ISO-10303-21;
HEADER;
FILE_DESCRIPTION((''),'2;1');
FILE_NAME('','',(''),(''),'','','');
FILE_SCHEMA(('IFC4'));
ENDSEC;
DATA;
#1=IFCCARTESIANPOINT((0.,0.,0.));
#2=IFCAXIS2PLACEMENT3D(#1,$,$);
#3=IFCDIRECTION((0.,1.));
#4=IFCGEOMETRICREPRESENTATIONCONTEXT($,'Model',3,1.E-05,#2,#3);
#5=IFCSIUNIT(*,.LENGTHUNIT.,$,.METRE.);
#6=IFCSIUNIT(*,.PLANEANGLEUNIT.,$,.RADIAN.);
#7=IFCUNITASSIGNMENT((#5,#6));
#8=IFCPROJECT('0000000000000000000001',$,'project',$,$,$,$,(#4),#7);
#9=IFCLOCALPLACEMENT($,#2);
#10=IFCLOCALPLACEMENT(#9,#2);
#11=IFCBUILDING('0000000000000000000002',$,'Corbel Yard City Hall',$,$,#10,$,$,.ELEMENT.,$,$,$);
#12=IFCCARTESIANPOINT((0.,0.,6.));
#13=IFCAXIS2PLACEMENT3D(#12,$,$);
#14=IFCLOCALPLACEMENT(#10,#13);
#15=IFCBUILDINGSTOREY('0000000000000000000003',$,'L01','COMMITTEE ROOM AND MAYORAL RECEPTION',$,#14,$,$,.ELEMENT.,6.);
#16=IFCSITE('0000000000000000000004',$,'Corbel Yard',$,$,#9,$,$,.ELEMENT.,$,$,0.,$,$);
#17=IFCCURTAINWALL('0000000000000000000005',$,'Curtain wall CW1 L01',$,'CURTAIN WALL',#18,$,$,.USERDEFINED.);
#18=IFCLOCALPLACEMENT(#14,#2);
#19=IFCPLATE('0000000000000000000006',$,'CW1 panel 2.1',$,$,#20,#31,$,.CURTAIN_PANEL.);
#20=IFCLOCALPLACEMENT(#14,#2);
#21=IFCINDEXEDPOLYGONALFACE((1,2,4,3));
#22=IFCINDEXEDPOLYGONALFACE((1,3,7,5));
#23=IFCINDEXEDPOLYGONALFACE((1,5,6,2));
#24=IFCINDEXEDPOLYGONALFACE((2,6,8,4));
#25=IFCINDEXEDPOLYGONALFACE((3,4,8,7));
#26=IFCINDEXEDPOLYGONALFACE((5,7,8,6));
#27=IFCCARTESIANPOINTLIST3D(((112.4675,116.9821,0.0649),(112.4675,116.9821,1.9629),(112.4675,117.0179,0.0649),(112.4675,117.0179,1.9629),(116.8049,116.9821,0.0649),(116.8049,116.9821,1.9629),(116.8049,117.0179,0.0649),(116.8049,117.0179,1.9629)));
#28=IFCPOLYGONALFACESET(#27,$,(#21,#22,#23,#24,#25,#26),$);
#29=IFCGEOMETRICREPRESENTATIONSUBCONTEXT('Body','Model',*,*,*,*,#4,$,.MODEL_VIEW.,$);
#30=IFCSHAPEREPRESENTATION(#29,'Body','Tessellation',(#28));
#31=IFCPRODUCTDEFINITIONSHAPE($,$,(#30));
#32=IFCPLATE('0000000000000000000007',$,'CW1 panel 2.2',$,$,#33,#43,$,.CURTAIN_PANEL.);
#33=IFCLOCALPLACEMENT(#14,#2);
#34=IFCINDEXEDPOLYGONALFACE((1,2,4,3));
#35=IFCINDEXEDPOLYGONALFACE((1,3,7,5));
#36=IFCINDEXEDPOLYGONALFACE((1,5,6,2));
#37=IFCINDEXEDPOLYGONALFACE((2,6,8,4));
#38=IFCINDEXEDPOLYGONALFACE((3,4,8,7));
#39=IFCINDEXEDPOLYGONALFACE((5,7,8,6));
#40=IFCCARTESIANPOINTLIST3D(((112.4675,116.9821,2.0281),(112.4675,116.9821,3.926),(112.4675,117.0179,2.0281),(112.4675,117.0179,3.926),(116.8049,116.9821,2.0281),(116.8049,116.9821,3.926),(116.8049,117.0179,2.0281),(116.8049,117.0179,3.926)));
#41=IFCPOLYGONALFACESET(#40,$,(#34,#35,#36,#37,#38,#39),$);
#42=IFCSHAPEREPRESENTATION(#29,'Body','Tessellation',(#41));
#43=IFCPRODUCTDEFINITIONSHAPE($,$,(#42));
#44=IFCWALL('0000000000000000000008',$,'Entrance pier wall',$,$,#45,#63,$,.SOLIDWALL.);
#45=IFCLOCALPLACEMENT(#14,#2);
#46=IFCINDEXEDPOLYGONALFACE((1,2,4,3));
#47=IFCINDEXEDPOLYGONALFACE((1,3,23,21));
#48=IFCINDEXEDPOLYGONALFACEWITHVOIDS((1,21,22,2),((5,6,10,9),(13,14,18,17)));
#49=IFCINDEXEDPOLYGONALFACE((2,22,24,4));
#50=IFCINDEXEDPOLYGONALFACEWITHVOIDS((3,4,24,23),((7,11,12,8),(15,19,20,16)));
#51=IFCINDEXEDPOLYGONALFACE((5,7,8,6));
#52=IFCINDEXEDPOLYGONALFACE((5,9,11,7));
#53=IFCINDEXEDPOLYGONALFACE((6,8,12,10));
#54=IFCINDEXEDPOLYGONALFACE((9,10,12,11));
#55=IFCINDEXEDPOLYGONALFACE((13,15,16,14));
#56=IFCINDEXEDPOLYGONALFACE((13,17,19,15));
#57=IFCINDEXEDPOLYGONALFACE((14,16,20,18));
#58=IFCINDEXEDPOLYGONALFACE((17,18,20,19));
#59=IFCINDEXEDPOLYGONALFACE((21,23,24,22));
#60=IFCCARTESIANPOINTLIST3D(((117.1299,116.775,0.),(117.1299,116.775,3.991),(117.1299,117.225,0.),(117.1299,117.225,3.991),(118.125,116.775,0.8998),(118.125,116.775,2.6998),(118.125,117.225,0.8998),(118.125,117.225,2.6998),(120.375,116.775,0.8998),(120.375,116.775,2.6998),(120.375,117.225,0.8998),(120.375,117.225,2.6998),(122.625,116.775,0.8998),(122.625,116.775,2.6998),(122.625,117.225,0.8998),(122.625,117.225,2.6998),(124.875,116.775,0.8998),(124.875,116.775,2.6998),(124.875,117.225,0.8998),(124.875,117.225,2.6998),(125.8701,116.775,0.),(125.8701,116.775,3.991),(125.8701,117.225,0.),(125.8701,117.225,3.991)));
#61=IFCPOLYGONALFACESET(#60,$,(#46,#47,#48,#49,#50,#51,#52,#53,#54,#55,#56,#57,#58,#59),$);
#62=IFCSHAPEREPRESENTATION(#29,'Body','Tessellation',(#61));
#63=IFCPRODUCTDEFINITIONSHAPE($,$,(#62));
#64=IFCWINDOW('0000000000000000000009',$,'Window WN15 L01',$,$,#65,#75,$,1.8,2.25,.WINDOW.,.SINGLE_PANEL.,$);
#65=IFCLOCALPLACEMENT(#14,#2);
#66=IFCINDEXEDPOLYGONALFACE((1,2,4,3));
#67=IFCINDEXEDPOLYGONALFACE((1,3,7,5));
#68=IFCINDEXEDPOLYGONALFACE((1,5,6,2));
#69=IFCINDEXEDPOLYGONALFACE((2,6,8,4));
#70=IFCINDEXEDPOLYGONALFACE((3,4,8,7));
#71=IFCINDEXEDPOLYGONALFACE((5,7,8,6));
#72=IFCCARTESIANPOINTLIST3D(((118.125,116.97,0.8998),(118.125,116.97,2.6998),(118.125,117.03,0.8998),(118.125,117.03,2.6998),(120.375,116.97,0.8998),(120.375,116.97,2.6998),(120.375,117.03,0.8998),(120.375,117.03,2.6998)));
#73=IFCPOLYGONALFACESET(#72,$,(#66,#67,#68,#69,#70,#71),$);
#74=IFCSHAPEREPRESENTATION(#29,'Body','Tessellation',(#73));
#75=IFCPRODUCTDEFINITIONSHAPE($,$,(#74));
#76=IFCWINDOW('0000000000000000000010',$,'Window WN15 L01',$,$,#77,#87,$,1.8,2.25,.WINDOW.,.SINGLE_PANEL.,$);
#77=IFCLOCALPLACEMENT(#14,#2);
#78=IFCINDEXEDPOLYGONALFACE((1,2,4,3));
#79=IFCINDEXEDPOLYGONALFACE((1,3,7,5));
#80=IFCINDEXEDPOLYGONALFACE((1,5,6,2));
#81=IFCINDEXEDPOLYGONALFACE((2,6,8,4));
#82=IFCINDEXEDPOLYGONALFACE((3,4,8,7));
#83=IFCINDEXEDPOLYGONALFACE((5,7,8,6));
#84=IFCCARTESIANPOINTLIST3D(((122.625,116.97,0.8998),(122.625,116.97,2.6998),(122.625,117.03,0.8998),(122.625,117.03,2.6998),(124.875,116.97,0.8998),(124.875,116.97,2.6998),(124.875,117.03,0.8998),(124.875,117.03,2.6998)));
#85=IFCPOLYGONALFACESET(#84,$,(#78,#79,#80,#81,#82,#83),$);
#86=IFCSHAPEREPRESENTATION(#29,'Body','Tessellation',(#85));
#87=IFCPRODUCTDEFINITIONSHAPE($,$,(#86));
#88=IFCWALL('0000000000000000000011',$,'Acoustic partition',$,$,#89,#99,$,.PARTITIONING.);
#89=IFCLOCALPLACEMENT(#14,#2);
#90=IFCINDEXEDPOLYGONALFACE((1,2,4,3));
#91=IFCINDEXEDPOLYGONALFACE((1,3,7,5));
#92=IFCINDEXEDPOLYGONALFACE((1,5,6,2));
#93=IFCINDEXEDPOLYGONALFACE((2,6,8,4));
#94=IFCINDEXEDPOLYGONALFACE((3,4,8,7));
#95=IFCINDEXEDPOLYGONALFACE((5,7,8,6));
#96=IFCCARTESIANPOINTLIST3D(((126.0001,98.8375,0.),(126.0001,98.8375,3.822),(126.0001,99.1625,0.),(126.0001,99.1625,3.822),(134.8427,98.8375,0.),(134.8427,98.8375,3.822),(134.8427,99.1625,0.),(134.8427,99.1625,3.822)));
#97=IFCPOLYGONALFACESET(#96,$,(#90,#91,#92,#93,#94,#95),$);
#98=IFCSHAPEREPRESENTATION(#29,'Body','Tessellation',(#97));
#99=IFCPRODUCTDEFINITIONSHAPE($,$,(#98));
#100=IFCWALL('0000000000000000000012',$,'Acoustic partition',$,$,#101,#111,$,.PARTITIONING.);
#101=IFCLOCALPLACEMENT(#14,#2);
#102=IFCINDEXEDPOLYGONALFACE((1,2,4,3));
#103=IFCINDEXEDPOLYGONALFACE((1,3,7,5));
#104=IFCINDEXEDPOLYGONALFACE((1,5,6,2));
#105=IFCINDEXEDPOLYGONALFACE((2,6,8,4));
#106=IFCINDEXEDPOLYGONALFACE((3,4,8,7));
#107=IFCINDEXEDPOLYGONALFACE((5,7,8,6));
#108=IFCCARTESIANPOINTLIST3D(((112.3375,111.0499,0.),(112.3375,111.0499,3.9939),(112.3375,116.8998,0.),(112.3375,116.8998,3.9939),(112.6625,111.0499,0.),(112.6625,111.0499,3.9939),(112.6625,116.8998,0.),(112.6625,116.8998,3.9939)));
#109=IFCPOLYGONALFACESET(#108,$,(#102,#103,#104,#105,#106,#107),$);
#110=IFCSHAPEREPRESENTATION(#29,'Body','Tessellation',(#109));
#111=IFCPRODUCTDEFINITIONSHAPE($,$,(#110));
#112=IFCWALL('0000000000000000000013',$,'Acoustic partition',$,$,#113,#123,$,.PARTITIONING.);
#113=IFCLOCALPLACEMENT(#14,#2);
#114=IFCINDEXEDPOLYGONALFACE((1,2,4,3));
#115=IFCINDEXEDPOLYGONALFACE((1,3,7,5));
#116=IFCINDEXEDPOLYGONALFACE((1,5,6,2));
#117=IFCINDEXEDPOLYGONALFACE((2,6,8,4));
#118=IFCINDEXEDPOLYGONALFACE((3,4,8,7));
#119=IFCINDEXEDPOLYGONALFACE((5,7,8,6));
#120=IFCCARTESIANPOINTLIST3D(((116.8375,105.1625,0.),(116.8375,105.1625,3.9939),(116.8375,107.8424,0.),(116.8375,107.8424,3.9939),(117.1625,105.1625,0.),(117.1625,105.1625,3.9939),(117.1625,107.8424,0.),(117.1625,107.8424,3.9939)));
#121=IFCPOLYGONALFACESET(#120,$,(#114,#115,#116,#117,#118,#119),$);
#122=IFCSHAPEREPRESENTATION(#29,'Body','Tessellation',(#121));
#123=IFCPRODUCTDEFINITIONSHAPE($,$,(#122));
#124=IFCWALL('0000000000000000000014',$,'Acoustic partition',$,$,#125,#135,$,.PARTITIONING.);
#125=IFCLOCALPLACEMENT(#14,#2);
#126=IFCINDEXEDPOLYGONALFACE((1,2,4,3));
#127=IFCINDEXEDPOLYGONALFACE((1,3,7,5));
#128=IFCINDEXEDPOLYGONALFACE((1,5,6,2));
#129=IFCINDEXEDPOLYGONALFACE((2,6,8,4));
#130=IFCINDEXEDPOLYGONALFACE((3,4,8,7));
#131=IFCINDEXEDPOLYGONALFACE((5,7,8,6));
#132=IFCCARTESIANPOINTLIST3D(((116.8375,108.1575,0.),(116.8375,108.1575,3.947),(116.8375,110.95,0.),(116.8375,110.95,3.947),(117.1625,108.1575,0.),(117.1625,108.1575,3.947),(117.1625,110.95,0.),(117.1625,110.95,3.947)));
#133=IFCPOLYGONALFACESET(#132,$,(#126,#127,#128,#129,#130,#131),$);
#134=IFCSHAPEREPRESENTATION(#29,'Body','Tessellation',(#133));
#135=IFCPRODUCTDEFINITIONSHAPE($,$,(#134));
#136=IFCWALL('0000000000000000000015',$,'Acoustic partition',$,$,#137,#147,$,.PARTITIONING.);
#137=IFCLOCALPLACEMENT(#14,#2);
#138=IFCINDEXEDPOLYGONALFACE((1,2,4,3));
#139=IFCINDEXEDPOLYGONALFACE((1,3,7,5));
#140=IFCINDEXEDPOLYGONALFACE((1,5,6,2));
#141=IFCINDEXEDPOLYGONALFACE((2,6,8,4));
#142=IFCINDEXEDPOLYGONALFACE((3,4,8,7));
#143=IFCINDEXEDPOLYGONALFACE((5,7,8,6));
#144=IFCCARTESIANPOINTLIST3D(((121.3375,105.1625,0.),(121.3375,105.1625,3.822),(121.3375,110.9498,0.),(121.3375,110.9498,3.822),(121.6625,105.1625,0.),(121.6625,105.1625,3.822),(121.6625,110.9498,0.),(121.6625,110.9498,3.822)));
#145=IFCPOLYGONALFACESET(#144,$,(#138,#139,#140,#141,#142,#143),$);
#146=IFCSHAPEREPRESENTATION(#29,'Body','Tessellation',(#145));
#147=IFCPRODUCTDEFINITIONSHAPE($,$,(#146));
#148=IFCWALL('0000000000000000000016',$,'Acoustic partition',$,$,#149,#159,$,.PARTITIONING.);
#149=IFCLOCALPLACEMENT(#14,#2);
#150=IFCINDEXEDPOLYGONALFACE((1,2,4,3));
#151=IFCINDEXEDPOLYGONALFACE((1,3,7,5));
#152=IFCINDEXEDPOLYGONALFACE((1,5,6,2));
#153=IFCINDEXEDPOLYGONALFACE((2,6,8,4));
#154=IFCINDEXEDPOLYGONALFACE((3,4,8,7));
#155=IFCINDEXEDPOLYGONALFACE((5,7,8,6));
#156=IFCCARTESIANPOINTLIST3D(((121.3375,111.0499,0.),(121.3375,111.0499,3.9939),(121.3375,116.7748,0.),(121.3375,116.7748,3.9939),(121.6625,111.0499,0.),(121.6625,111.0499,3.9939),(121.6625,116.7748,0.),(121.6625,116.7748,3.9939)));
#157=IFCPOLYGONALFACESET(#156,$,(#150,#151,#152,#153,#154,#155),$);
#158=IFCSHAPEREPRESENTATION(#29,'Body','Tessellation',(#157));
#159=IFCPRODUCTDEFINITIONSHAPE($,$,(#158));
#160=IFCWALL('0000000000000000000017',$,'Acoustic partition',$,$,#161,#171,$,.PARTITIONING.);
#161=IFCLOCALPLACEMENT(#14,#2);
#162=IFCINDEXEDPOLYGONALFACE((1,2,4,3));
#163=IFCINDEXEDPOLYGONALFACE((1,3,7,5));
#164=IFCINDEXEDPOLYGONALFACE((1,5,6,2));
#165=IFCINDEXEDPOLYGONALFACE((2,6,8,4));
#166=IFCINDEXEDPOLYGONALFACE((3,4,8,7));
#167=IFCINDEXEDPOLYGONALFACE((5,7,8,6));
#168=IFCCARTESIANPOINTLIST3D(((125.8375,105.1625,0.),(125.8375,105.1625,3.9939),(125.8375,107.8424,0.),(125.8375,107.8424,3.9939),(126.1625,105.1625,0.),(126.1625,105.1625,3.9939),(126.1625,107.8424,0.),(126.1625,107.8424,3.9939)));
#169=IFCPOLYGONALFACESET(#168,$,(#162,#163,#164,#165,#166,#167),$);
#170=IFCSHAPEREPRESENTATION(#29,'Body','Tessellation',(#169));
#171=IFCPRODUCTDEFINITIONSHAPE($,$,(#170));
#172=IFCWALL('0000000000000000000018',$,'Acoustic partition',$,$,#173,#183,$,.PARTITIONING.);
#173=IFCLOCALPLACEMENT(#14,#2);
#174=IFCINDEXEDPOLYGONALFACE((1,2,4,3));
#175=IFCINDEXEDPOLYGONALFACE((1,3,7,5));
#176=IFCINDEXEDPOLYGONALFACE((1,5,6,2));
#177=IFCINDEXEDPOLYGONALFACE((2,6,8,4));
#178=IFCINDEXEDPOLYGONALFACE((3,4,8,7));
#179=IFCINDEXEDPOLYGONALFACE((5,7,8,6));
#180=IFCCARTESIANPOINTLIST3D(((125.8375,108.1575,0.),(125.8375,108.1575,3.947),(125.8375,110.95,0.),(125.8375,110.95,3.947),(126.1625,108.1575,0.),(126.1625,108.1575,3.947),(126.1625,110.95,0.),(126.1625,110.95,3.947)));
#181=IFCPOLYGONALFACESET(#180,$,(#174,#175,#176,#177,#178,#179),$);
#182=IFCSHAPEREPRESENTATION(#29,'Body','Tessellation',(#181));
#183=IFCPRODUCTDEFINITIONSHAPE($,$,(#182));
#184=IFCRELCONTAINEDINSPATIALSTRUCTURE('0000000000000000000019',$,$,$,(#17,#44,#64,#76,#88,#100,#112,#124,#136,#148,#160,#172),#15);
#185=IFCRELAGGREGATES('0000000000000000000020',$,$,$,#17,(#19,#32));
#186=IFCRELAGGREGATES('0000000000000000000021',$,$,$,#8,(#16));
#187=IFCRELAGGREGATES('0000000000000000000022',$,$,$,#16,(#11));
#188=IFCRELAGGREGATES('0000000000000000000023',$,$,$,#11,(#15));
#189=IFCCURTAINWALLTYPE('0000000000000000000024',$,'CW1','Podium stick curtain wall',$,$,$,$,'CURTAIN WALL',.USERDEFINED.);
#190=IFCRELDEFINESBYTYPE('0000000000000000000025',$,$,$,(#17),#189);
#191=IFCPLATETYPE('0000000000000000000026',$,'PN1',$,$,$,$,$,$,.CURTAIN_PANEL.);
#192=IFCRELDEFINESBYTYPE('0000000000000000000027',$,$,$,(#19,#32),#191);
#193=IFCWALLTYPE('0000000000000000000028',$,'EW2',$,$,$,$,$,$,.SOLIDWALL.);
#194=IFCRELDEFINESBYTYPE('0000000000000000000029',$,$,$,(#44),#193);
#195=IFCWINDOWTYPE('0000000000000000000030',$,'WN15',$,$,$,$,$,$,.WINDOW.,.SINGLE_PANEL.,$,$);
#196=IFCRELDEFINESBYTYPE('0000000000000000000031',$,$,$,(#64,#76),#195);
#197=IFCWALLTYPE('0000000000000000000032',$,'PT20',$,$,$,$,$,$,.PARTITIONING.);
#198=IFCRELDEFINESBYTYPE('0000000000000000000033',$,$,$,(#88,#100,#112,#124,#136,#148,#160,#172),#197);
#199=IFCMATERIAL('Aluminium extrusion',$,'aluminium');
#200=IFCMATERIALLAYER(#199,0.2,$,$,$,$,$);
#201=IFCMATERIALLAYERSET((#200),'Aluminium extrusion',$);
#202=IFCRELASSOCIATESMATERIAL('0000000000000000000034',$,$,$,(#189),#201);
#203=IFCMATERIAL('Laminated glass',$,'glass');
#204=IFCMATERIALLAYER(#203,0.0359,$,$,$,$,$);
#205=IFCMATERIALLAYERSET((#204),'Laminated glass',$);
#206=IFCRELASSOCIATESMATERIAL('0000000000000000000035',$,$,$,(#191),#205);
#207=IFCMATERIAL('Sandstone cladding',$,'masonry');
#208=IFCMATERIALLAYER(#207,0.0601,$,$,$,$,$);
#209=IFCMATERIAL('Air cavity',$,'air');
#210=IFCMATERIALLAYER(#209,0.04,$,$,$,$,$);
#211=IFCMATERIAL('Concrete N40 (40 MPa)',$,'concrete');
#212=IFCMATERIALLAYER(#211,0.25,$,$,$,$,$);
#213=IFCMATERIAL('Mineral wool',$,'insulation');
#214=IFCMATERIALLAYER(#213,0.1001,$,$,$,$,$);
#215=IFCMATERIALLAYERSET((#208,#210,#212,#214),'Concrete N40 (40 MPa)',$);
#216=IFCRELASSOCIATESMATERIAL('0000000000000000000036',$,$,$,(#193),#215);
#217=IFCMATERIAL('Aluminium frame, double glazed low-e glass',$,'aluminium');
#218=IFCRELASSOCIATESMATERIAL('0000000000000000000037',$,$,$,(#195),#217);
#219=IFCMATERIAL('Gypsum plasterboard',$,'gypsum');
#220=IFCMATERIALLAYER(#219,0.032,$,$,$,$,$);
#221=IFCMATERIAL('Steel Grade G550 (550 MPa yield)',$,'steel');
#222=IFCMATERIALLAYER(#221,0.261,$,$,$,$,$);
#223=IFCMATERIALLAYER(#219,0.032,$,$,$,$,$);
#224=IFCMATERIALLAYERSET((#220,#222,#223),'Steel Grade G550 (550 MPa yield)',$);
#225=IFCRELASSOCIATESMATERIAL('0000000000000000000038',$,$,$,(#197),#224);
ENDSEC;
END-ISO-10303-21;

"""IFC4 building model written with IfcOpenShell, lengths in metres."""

from ifc_helpers import new_model, si_unit, direction, frame, frame_2d, origin, origin_2d, place, context, subcontext, project, spatial, rectangle, extrude, material, layer, layer_set, type_object, element, fill, aggregate, save


model = new_model("IFC4")

# Units and contexts
model_context = context("Model", 3, precision=1e-05, world=origin(), true_north=direction((0.0, 1.0)))
body_context = subcontext(model_context, "Body", "Model", "MODEL_VIEW")
ifc_project = project(units=[si_unit("LENGTHUNIT", "METRE"), si_unit("PLANEANGLEUNIT", "RADIAN")], contexts=[model_context])

# Site, building, storey
site_placement = place(None, origin())
site = spatial("IfcSite", under=ifc_project, at=site_placement, Name="Corbel Yard", CompositionType="ELEMENT", RefElevation=0.0)
building_placement = place(site_placement, origin())
building = spatial("IfcBuilding", under=site, at=building_placement, Name="Corbel Yard City Hall", CompositionType="ELEMENT")
storey_placement = place(building_placement, frame((0.0, 0.0, 6.0)))
storey = spatial("IfcBuildingStorey", under=building, at=storey_placement, Name="L01", Description="COMMITTEE ROOM AND MAYORAL RECEPTION", CompositionType="ELEMENT", Elevation=6.0)

# Curtain wall
ifc_material_1 = material(Name="Aluminium extrusion", Category="aluminium")
ifc_layer_1 = layer(ifc_material_1, 0.2)
ifc_layer_set_1 = layer_set([ifc_layer_1], Name="Aluminium extrusion")
curtain_wall_type = type_object("IfcCurtainWallType", Name="CW1", Description="Podium stick curtain wall", ElementType="CURTAIN WALL", PredefinedType="USERDEFINED", material=ifc_layer_set_1)
curtain_wall_1_placement = place(storey_placement, origin())
curtain_wall_1 = element("IfcCurtainWall", 1, at=curtain_wall_1_placement, inside=storey, type_object=curtain_wall_type, Name="Curtain wall CW1 L01", ObjectType="CURTAIN WALL", PredefinedType="USERDEFINED")

# Plates
ifc_material_2 = material(Name="Laminated glass", Category="glass")
ifc_layer_2 = layer(ifc_material_2, 0.0359)
ifc_layer_set_2 = layer_set([ifc_layer_2], Name="Laminated glass")
plate_type = type_object("IfcPlateType", Name="PN1", PredefinedType="CURTAIN_PANEL", material=ifc_layer_set_2)
plate_1_placement = place(storey_placement, frame((114.6362, 117.0, 0.0649), z_axis=(0.0, 0.0, 1.0), x_axis=(1.0, 0.0, 0.0)))
plate_1 = element("IfcPlate", 2, at=plate_1_placement, type_object=plate_type, Name="CW1 panel 2.1", PredefinedType="CURTAIN_PANEL", context=body_context, shape_type="SweptSolid", body=[
    extrude(rectangle(XDim=4.3374, YDim=0.0359, at=origin_2d()), origin(), (0.0, 0.0, 1.0), 1.8979),
])
plate_2_placement = place(storey_placement, frame((114.6362, 117.0, 2.0281), z_axis=(0.0, 0.0, 1.0), x_axis=(1.0, 0.0, 0.0)))
plate_2 = element("IfcPlate", 3, at=plate_2_placement, type_object=plate_type, Name="CW1 panel 2.2", PredefinedType="CURTAIN_PANEL", context=body_context, shape_type="SweptSolid", body=[
    extrude(rectangle(XDim=4.3374, YDim=0.0359, at=origin_2d()), origin(), (0.0, 0.0, 1.0), 1.8979),
])
aggregate(curtain_wall_1, [plate_1, plate_2])

# Wall, openings, windows
ifc_material_3 = material(Name="Sandstone cladding", Category="masonry")
ifc_layer_3 = layer(ifc_material_3, 0.0601)
ifc_material_4 = material(Name="Air cavity", Category="air")
ifc_layer_4 = layer(ifc_material_4, 0.04)
ifc_material_5 = material(Name="Concrete N40 (40 MPa)", Category="concrete")
ifc_layer_5 = layer(ifc_material_5, 0.25)
ifc_material_6 = material(Name="Mineral wool", Category="insulation")
ifc_layer_6 = layer(ifc_material_6, 0.1001)
ifc_layer_set_3 = layer_set([ifc_layer_3, ifc_layer_4, ifc_layer_5, ifc_layer_6], Name="Concrete N40 (40 MPa)")
wall_type_1 = type_object("IfcWallType", Name="EW2", PredefinedType="SOLIDWALL", material=ifc_layer_set_3)
wall_1_placement = place(storey_placement, frame((117.1299, 117.0, 0.0), z_axis=(0.0, 0.0, 1.0), x_axis=(1.0, 0.0, 0.0)))
wall_1 = element("IfcWall", 4, at=wall_1_placement, inside=storey, type_object=wall_type_1, Name="Entrance pier wall", PredefinedType="SOLIDWALL", context=body_context, shape_type="SweptSolid", body=[
    extrude(rectangle(XDim=8.7402, YDim=0.45, at=frame_2d((4.3701, 0.0))), origin(), (0.0, 0.0, 1.0), 3.991),
])
opening_1_placement = place(wall_1_placement, frame((0.9951, 0.0, 0.8999)))
opening_1 = element("IfcOpeningElement", 5, at=opening_1_placement, cuts=wall_1, PredefinedType="OPENING", context=body_context, shape_type="SweptSolid", body=[
    extrude(rectangle(XDim=2.25, YDim=1.8, at=frame_2d((1.125, 0.8999))), frame((0.0, 0.2349, 0.0), z_axis=(0.0, -1.0, 0.0), x_axis=(1.0, 0.0, 0.0)), (0.0, 0.0, 1.0), 0.47),
])
opening_2_placement = place(wall_1_placement, frame((5.4951, 0.0, 0.8999)))
opening_2 = element("IfcOpeningElement", 6, at=opening_2_placement, cuts=wall_1, PredefinedType="OPENING", context=body_context, shape_type="SweptSolid", body=[
    extrude(rectangle(XDim=2.25, YDim=1.8, at=frame_2d((1.125, 0.8999))), frame((0.0, 0.2349, 0.0), z_axis=(0.0, -1.0, 0.0), x_axis=(1.0, 0.0, 0.0)), (0.0, 0.0, 1.0), 0.47),
])
ifc_material_7 = material(Name="Aluminium frame, double glazed low-e glass", Category="aluminium")
window_type = type_object("IfcWindowType", Name="WN15", PartitioningType="SINGLE_PANEL", PredefinedType="WINDOW", material=ifc_material_7)
window_1_placement = place(opening_1_placement, origin())
window_1 = element("IfcWindow", 7, at=window_1_placement, inside=storey, type_object=window_type, Name="Window WN15 L01", OverallHeight=1.8, OverallWidth=2.25, PartitioningType="SINGLE_PANEL", PredefinedType="WINDOW", context=body_context, shape_type="SweptSolid", body=[
    extrude(rectangle(XDim=2.25, YDim=1.8, at=frame_2d((1.125, 0.8999))), frame((0.0, 0.03, 0.0), z_axis=(0.0, -1.0, 0.0), x_axis=(1.0, 0.0, 0.0)), (0.0, 0.0, 1.0), 0.0601),
])
fill(opening_1, window_1)
window_2_placement = place(opening_2_placement, origin())
window_2 = element("IfcWindow", 8, at=window_2_placement, inside=storey, type_object=window_type, Name="Window WN15 L01", OverallHeight=1.8, OverallWidth=2.25, PartitioningType="SINGLE_PANEL", PredefinedType="WINDOW", context=body_context, shape_type="SweptSolid", body=[
    extrude(rectangle(XDim=2.25, YDim=1.8, at=frame_2d((1.125, 0.8999))), frame((0.0, 0.03, 0.0), z_axis=(0.0, -1.0, 0.0), x_axis=(1.0, 0.0, 0.0)), (0.0, 0.0, 1.0), 0.0601),
])
fill(opening_2, window_2)

# Walls
ifc_material_8 = material(Name="Gypsum plasterboard", Category="gypsum")
ifc_layer_7 = layer(ifc_material_8, 0.032)
ifc_material_9 = material(Name="Steel Grade G550 (550 MPa yield)", Category="steel")
ifc_layer_8 = layer(ifc_material_9, 0.261)
ifc_layer_9 = layer(ifc_material_8, 0.032)
ifc_layer_set_4 = layer_set([ifc_layer_7, ifc_layer_8, ifc_layer_9], Name="Steel Grade G550 (550 MPa yield)")
wall_type_2 = type_object("IfcWallType", Name="PT20", PredefinedType="PARTITIONING", material=ifc_layer_set_4)
wall_2_placement = place(storey_placement, frame((126.0, 99.0, 0.0), z_axis=(0.0, 0.0, 1.0), x_axis=(1.0, 0.0, 0.0)))
element("IfcWall", 9, at=wall_2_placement, inside=storey, type_object=wall_type_2, Name="Acoustic partition", PredefinedType="PARTITIONING", context=body_context, shape_type="SweptSolid", body=[
    extrude(rectangle(XDim=8.8425, YDim=0.325, at=frame_2d((4.4214, 0.0))), origin(), (0.0, 0.0, 1.0), 3.822),
])
wall_3_placement = place(storey_placement, frame((112.5, 111.05, 0.0), z_axis=(0.0, 0.0, 1.0), x_axis=(0.0, 1.0, 0.0)))
element("IfcWall", 10, at=wall_3_placement, inside=storey, type_object=wall_type_2, Name="Acoustic partition", PredefinedType="PARTITIONING", context=body_context, shape_type="SweptSolid", body=[
    extrude(rectangle(XDim=5.8499, YDim=0.325, at=frame_2d((2.9248, 0.0))), origin(), (0.0, 0.0, 1.0), 3.9939),
])
wall_4_placement = place(storey_placement, frame((117.0, 105.1626, 0.0), z_axis=(0.0, 0.0, 1.0), x_axis=(0.0, 1.0, 0.0)))
element("IfcWall", 11, at=wall_4_placement, inside=storey, type_object=wall_type_2, Name="Acoustic partition", PredefinedType="PARTITIONING", context=body_context, shape_type="SweptSolid", body=[
    extrude(rectangle(XDim=2.6799, YDim=0.325, at=frame_2d((1.3398, 0.0))), origin(), (0.0, 0.0, 1.0), 3.9939),
])
wall_5_placement = place(storey_placement, frame((117.0, 108.1575, 0.0), z_axis=(0.0, 0.0, 1.0), x_axis=(0.0, 1.0, 0.0)))
element("IfcWall", 12, at=wall_5_placement, inside=storey, type_object=wall_type_2, Name="Acoustic partition", PredefinedType="PARTITIONING", context=body_context, shape_type="SweptSolid", body=[
    extrude(rectangle(XDim=2.7925, YDim=0.325, at=frame_2d((1.3962, 0.0))), origin(), (0.0, 0.0, 1.0), 3.947),
])
wall_6_placement = place(storey_placement, frame((121.5, 105.1626, 0.0), z_axis=(0.0, 0.0, 1.0), x_axis=(0.0, 1.0, 0.0)))
element("IfcWall", 13, at=wall_6_placement, inside=storey, type_object=wall_type_2, Name="Acoustic partition", PredefinedType="PARTITIONING", context=body_context, shape_type="SweptSolid", body=[
    extrude(rectangle(XDim=5.7874, YDim=0.325, at=frame_2d((2.8936, 0.0))), origin(), (0.0, 0.0, 1.0), 3.822),
])
wall_7_placement = place(storey_placement, frame((121.5, 111.05, 0.0), z_axis=(0.0, 0.0, 1.0), x_axis=(0.0, 1.0, 0.0)))
element("IfcWall", 14, at=wall_7_placement, inside=storey, type_object=wall_type_2, Name="Acoustic partition", PredefinedType="PARTITIONING", context=body_context, shape_type="SweptSolid", body=[
    extrude(rectangle(XDim=5.7249, YDim=0.325, at=frame_2d((2.8623, 0.0))), origin(), (0.0, 0.0, 1.0), 3.9939),
])
wall_8_placement = place(storey_placement, frame((126.0, 105.1626, 0.0), z_axis=(0.0, 0.0, 1.0), x_axis=(0.0, 1.0, 0.0)))
element("IfcWall", 15, at=wall_8_placement, inside=storey, type_object=wall_type_2, Name="Acoustic partition", PredefinedType="PARTITIONING", context=body_context, shape_type="SweptSolid", body=[
    extrude(rectangle(XDim=2.6799, YDim=0.325, at=frame_2d((1.3398, 0.0))), origin(), (0.0, 0.0, 1.0), 3.9939),
])
wall_9_placement = place(storey_placement, frame((126.0, 108.1575, 0.0), z_axis=(0.0, 0.0, 1.0), x_axis=(0.0, 1.0, 0.0)))
element("IfcWall", 16, at=wall_9_placement, inside=storey, type_object=wall_type_2, Name="Acoustic partition", PredefinedType="PARTITIONING", context=body_context, shape_type="SweptSolid", body=[
    extrude(rectangle(XDim=2.7925, YDim=0.325, at=frame_2d((1.3962, 0.0))), origin(), (0.0, 0.0, 1.0), 3.947),
])

save(model, "model.ifc")
